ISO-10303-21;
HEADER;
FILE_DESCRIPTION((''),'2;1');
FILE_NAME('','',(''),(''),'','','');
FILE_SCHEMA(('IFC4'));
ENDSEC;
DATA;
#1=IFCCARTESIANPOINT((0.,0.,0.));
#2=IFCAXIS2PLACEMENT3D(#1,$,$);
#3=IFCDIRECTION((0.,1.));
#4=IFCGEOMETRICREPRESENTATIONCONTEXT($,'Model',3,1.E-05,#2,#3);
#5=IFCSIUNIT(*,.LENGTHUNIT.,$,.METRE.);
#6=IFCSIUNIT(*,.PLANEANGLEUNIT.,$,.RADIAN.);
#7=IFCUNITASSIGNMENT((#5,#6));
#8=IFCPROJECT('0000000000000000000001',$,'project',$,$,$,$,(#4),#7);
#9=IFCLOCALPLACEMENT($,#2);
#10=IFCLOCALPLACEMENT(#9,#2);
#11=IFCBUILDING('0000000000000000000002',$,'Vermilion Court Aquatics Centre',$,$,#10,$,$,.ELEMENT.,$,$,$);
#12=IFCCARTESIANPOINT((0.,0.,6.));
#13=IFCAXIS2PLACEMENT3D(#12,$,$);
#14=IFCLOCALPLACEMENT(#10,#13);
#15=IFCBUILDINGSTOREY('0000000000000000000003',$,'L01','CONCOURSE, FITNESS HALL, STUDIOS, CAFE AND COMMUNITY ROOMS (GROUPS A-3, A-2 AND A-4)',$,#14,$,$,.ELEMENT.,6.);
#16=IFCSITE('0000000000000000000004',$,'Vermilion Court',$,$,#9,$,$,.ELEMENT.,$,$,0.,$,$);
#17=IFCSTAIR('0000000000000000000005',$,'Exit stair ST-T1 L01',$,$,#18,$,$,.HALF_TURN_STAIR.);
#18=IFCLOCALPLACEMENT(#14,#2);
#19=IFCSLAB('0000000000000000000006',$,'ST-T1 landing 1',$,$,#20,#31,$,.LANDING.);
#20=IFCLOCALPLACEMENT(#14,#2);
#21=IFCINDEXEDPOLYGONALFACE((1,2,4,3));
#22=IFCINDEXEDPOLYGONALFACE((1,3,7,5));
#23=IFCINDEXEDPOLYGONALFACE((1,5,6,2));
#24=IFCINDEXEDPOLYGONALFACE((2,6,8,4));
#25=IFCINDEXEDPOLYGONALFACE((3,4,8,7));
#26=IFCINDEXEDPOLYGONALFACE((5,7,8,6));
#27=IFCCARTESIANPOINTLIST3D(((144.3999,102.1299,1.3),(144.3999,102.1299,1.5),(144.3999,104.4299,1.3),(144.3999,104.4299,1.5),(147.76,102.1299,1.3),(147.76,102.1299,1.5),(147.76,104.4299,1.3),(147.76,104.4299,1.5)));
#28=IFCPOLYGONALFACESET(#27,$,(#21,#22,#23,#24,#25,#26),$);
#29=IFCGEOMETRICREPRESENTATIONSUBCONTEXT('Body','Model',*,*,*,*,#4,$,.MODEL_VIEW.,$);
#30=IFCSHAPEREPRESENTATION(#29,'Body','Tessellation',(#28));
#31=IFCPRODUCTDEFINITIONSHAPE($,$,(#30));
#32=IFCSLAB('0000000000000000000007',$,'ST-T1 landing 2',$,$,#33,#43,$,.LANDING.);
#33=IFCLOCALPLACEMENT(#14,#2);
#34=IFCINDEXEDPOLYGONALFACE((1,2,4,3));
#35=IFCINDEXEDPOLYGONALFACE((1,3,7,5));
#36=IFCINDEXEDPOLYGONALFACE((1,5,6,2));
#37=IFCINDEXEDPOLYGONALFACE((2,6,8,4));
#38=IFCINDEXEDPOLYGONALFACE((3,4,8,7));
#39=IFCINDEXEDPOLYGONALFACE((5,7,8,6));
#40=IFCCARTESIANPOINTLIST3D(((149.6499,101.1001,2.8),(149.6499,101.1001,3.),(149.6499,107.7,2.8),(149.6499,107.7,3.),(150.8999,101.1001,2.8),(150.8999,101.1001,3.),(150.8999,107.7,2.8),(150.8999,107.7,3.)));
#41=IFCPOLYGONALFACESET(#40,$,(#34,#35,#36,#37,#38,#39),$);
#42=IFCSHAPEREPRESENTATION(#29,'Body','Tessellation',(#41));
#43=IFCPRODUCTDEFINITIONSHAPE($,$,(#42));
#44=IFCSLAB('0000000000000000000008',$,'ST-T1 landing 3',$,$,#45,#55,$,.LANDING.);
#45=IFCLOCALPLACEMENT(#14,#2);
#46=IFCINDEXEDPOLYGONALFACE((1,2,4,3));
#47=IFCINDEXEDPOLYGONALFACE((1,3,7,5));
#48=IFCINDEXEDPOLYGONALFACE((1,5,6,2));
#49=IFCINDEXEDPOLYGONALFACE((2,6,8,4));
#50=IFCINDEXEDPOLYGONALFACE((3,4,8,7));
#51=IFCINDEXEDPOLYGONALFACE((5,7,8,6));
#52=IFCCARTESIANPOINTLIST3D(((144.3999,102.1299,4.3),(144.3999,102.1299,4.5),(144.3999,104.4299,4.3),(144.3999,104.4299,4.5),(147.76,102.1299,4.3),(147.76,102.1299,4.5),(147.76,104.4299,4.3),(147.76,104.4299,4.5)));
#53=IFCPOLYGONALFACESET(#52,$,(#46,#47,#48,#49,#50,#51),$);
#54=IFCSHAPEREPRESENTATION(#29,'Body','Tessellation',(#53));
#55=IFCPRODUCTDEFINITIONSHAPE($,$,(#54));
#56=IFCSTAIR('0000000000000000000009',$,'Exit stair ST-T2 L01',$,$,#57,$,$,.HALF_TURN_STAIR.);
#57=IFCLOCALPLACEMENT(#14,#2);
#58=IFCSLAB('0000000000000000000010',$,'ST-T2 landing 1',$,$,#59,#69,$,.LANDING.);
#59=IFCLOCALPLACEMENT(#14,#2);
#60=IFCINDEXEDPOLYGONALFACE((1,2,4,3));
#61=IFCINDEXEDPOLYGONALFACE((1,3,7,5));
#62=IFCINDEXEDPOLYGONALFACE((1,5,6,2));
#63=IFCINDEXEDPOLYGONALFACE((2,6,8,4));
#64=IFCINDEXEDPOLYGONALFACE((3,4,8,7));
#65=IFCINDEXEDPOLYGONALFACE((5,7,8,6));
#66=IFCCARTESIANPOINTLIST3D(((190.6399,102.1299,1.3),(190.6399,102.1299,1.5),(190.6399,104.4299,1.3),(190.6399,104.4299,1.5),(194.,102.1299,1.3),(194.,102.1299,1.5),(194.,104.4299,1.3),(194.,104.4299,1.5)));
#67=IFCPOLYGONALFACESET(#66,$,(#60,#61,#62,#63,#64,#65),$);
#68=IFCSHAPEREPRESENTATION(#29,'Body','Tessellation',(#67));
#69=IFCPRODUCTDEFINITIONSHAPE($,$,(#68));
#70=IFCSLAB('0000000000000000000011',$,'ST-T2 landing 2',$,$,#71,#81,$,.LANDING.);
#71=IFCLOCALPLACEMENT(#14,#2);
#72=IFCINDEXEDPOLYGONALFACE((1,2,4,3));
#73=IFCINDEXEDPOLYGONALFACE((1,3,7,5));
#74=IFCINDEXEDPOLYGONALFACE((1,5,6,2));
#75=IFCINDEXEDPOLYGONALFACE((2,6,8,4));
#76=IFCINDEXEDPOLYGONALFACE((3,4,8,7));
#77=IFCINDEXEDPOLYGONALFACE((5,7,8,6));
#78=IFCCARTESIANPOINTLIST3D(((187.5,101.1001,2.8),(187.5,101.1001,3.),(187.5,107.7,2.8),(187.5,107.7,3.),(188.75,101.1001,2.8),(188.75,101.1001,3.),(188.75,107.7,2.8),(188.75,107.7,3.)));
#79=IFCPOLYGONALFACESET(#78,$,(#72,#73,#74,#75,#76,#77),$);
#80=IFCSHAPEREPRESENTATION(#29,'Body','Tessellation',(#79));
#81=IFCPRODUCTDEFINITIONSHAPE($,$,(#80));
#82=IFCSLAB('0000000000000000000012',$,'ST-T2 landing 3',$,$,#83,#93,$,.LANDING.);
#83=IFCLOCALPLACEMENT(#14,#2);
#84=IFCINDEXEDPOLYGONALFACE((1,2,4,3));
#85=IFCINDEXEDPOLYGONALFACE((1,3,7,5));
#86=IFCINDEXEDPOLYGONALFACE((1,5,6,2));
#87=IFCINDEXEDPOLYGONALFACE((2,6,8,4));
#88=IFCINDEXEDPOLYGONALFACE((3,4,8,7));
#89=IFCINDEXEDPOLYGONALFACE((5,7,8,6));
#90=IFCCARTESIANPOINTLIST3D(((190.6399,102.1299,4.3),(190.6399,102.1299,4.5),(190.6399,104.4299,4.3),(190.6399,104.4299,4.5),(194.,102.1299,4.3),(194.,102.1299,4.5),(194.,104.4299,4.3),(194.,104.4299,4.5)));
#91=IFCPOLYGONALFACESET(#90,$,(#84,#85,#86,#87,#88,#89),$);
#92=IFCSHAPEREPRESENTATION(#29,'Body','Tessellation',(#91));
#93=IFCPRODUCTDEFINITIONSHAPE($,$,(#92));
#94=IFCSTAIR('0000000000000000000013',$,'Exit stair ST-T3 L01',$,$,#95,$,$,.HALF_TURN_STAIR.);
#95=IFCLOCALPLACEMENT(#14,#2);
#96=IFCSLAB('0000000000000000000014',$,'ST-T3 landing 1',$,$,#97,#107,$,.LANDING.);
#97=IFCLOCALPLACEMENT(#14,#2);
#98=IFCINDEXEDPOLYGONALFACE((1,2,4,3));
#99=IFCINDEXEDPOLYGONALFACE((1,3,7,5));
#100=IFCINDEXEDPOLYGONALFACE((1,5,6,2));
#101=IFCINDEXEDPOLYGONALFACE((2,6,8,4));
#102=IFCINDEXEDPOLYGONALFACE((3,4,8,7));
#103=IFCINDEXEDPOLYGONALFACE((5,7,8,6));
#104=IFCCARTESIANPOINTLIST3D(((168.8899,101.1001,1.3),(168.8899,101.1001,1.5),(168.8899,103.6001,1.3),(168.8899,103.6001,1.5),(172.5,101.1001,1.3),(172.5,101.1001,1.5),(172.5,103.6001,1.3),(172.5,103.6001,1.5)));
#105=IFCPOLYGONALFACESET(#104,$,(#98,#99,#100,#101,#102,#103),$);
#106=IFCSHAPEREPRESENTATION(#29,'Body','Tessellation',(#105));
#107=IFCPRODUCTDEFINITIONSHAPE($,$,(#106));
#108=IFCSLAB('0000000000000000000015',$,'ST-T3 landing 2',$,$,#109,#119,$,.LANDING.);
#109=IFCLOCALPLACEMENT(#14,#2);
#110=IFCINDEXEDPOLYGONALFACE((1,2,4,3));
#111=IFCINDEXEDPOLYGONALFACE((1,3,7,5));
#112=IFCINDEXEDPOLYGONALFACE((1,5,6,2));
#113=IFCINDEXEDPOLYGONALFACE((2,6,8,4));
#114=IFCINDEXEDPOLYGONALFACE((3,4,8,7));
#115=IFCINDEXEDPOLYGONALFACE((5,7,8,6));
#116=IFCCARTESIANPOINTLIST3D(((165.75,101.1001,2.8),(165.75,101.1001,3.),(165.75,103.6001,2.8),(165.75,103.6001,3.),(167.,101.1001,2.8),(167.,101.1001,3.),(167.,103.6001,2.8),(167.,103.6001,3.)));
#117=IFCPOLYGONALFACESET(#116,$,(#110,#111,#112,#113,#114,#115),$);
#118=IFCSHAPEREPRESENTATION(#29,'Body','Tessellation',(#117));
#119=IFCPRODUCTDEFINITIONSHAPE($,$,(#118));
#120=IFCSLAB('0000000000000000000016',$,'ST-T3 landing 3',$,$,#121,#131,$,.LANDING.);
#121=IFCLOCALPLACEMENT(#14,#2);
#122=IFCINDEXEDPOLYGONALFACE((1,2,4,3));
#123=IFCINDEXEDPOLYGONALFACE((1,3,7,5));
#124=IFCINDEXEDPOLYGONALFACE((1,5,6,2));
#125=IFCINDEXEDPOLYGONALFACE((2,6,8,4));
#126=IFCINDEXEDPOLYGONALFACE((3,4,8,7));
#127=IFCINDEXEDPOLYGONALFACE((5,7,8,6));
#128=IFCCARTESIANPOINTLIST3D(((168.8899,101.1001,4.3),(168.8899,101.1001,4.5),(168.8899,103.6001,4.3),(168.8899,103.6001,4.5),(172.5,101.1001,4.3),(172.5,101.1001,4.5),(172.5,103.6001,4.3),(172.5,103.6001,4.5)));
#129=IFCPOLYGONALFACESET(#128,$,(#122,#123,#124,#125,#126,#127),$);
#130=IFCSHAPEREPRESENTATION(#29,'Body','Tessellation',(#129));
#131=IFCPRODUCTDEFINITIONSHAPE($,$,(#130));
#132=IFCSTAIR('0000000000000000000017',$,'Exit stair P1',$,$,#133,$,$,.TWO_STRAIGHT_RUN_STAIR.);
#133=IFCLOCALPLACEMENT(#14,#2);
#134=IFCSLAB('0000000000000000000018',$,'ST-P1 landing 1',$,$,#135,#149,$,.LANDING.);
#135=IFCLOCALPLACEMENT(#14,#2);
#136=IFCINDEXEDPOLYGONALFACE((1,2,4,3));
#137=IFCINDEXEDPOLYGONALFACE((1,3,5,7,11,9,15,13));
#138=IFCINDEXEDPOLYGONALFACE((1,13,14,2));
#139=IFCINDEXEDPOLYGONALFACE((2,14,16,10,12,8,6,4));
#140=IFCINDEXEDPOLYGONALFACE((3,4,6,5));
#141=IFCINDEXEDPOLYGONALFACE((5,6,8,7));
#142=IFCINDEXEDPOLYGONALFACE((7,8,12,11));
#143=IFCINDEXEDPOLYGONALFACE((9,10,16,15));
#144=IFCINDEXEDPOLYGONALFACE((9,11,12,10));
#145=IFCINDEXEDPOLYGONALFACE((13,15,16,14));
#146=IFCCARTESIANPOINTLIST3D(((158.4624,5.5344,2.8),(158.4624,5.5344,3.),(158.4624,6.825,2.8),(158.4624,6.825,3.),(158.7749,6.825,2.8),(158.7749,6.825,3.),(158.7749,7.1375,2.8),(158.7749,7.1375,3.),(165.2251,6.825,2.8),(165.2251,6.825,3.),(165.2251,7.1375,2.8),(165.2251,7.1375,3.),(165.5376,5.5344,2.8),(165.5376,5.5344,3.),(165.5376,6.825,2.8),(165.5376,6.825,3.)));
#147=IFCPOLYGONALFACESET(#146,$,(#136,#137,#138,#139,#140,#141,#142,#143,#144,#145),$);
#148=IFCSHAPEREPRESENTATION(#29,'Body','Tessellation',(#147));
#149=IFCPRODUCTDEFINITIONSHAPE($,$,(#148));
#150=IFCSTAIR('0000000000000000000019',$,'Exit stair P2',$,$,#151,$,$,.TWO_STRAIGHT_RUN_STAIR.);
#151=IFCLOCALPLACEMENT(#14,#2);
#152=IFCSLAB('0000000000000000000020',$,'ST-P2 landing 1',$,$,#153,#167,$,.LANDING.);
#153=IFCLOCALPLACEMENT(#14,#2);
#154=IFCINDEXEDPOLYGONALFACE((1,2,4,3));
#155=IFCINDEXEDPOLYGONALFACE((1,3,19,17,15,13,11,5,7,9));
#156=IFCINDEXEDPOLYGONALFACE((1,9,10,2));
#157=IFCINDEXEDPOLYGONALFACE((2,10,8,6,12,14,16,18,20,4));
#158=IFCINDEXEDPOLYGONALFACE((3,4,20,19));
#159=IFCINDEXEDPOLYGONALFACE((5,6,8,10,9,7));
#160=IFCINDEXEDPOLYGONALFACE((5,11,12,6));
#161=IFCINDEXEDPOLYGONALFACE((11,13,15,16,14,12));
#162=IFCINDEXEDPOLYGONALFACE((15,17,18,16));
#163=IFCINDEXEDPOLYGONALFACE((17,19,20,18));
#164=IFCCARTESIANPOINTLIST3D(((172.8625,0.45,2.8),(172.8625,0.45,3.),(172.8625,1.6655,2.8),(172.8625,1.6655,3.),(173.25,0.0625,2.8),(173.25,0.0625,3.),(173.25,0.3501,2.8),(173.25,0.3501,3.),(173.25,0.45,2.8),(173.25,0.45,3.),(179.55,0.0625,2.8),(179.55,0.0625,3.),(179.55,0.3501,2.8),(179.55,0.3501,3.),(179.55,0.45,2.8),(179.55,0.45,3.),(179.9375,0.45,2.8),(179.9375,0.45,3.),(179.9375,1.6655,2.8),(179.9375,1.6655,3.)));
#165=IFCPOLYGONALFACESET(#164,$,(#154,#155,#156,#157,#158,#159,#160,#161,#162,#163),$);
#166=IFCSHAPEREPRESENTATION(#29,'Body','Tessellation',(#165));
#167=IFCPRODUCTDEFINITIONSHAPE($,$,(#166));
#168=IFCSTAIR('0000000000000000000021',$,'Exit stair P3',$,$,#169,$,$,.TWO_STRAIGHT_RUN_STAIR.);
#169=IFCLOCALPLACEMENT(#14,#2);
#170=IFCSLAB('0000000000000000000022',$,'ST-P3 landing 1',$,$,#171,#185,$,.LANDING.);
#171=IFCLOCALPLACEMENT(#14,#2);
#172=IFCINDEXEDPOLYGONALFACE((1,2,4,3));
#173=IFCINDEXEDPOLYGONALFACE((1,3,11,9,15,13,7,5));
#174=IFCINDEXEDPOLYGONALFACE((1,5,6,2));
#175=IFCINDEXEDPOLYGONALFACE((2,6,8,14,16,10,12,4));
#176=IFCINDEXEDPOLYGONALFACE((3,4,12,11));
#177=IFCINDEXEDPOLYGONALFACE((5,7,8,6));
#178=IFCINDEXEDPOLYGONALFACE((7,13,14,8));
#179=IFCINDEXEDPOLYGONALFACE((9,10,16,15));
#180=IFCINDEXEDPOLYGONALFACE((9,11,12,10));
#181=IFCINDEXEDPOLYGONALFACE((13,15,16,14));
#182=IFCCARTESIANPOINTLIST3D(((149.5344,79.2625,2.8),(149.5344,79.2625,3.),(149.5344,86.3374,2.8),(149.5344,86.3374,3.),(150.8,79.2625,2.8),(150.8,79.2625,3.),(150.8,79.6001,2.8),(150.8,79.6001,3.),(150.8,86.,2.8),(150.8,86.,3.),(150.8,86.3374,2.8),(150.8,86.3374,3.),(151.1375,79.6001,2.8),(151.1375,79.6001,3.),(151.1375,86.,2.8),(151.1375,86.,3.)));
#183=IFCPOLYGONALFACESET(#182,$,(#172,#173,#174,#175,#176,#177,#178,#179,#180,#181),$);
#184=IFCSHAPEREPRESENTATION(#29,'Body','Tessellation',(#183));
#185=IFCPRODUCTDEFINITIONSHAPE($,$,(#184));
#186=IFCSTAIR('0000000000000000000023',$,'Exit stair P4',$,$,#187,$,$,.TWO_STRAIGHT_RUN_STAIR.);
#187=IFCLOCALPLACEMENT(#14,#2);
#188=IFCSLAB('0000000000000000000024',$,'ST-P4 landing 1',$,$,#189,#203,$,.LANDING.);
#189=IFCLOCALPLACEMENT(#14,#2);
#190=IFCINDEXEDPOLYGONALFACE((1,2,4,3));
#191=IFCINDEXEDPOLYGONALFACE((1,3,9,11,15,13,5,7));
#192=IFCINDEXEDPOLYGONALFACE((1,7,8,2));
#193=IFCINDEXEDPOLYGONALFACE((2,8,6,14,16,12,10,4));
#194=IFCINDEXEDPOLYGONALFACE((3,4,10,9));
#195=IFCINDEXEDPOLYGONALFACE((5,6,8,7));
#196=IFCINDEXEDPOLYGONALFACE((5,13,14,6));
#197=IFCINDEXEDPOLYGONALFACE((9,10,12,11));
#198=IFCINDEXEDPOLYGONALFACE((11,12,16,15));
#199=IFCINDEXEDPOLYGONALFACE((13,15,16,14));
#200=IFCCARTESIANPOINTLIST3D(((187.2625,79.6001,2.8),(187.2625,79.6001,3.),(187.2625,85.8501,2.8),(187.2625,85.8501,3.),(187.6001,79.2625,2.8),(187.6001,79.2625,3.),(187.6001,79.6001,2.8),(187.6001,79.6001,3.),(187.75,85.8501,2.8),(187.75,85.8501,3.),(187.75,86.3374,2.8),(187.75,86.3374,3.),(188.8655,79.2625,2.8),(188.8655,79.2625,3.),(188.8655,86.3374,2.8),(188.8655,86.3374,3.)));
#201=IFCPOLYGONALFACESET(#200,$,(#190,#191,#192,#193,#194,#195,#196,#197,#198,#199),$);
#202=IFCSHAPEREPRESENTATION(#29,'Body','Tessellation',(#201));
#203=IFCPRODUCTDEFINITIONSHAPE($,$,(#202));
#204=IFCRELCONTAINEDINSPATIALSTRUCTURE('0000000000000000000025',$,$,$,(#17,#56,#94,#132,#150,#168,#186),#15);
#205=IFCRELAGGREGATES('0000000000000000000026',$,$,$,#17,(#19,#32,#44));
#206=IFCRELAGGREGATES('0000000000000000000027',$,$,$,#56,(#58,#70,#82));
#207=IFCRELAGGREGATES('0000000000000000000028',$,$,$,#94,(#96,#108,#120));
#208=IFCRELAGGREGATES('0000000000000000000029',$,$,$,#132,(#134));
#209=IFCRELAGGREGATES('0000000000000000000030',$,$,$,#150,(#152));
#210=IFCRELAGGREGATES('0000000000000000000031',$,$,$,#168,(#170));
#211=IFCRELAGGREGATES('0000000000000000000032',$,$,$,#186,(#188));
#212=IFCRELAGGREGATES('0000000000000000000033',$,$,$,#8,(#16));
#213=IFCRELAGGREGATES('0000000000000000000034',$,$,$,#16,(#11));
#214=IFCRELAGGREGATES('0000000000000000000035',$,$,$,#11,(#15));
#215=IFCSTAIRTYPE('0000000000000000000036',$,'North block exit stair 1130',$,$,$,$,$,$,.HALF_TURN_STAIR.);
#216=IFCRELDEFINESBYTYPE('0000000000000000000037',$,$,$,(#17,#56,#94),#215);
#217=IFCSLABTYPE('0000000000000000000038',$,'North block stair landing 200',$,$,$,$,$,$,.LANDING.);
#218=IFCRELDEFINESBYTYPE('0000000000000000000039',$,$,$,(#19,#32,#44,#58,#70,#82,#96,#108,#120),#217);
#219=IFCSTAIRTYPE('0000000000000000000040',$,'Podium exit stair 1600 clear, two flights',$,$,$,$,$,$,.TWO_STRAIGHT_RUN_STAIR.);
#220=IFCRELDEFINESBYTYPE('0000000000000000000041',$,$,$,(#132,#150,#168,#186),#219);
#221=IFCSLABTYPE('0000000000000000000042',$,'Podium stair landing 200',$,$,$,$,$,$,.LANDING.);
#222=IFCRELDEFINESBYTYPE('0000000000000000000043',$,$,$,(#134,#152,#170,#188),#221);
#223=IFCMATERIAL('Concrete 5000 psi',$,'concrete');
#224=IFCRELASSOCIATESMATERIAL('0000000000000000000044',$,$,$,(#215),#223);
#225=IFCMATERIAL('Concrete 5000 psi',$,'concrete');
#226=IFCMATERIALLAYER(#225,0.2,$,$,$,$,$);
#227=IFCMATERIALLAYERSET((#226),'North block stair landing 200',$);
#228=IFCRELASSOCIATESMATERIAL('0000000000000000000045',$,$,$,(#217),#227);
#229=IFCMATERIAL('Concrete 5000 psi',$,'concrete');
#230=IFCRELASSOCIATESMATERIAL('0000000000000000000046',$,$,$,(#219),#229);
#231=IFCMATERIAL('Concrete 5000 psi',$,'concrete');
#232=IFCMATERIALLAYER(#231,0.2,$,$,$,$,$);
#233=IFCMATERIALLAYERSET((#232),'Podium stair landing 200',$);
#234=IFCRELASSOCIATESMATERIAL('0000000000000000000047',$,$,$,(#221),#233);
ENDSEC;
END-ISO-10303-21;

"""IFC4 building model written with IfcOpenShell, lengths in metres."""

from ifc_helpers import new_model, si_unit, direction, frame, origin, place, context, subcontext, project, spatial, polyline, outline, extrude, material, layer, layer_set, type_object, element, aggregate, save


model = new_model("IFC4")

# Units and contexts
model_context = context("Model", 3, precision=1e-05, world=origin(), true_north=direction((0.0, 1.0)))
body_context = subcontext(model_context, "Body", "Model", "MODEL_VIEW")
ifc_project = project(units=[si_unit("LENGTHUNIT", "METRE"), si_unit("PLANEANGLEUNIT", "RADIAN")], contexts=[model_context])

# Site, building, storey
site_placement = place(None, origin())
site = spatial("IfcSite", under=ifc_project, at=site_placement, Name="Vermilion Court", CompositionType="ELEMENT", RefElevation=0.0)
building_placement = place(site_placement, origin())
building = spatial("IfcBuilding", under=site, at=building_placement, Name="Vermilion Court Aquatics Centre", CompositionType="ELEMENT")
storey_placement = place(building_placement, frame((0.0, 0.0, 6.0)))
storey = spatial("IfcBuildingStorey", under=building, at=storey_placement, Name="L01", Description="CONCOURSE, FITNESS HALL, STUDIOS, CAFE AND COMMUNITY ROOMS (GROUPS A-3, A-2 AND A-4)", CompositionType="ELEMENT", Elevation=6.0)

# Stairs, slabs
ifc_material_1 = material(Name="Concrete 5000 psi", Category="concrete")
stair_type_1 = type_object("IfcStairType", Name="North block exit stair 1130", PredefinedType="HALF_TURN_STAIR", material=ifc_material_1)
stair_1_placement = place(storey_placement, origin())
stair_1 = element("IfcStair", 1, at=stair_1_placement, inside=storey, type_object=stair_type_1, Name="Exit stair ST-T1 L01", PredefinedType="HALF_TURN_STAIR")
ifc_material_2 = material(Name="Concrete 5000 psi", Category="concrete")
ifc_layer_1 = layer(ifc_material_2, 0.2)
ifc_layer_set_1 = layer_set([ifc_layer_1], Name="North block stair landing 200")
slab_type_1 = type_object("IfcSlabType", Name="North block stair landing 200", PredefinedType="LANDING", material=ifc_layer_set_1)
slab_1_placement = place(storey_placement, frame((0.0, 0.0, 1.3)))
slab_1 = element("IfcSlab", 2, at=slab_1_placement, type_object=slab_type_1, Name="ST-T1 landing 1", PredefinedType="LANDING", context=body_context, shape_type="SweptSolid", body=[
    extrude(outline(polyline([(144.3999, 102.1299), (147.76, 102.1299), (147.76, 104.4299), (144.3999, 104.4299), (144.3999, 102.1299)])), origin(), (0.0, 0.0, 1.0), 0.2),
])
slab_2_placement = place(storey_placement, frame((0.0, 0.0, 2.8)))
slab_2 = element("IfcSlab", 3, at=slab_2_placement, type_object=slab_type_1, Name="ST-T1 landing 2", PredefinedType="LANDING", context=body_context, shape_type="SweptSolid", body=[
    extrude(outline(polyline([(149.6499, 101.1001), (150.8999, 101.1001), (150.8999, 107.7), (149.6499, 107.7), (149.6499, 101.1001)])), origin(), (0.0, 0.0, 1.0), 0.2),
])
slab_3_placement = place(storey_placement, frame((0.0, 0.0, 4.3)))
slab_3 = element("IfcSlab", 4, at=slab_3_placement, type_object=slab_type_1, Name="ST-T1 landing 3", PredefinedType="LANDING", context=body_context, shape_type="SweptSolid", body=[
    extrude(outline(polyline([(144.3999, 102.1299), (147.76, 102.1299), (147.76, 104.4299), (144.3999, 104.4299), (144.3999, 102.1299)])), origin(), (0.0, 0.0, 1.0), 0.2),
])
aggregate(stair_1, [slab_1, slab_2, slab_3])
stair_2_placement = place(storey_placement, origin())
stair_2 = element("IfcStair", 5, at=stair_2_placement, inside=storey, type_object=stair_type_1, Name="Exit stair ST-T2 L01", PredefinedType="HALF_TURN_STAIR")
slab_4_placement = place(storey_placement, frame((0.0, 0.0, 1.3)))
slab_4 = element("IfcSlab", 6, at=slab_4_placement, type_object=slab_type_1, Name="ST-T2 landing 1", PredefinedType="LANDING", context=body_context, shape_type="SweptSolid", body=[
    extrude(outline(polyline([(190.6399, 102.1299), (194.0, 102.1299), (194.0, 104.4299), (190.6399, 104.4299), (190.6399, 102.1299)])), origin(), (0.0, 0.0, 1.0), 0.2),
])
slab_5_placement = place(storey_placement, frame((0.0, 0.0, 2.8)))
slab_5 = element("IfcSlab", 7, at=slab_5_placement, type_object=slab_type_1, Name="ST-T2 landing 2", PredefinedType="LANDING", context=body_context, shape_type="SweptSolid", body=[
    extrude(outline(polyline([(187.5, 101.1001), (188.75, 101.1001), (188.75, 107.7), (187.5, 107.7), (187.5, 101.1001)])), origin(), (0.0, 0.0, 1.0), 0.2),
])
slab_6_placement = place(storey_placement, frame((0.0, 0.0, 4.3)))
slab_6 = element("IfcSlab", 8, at=slab_6_placement, type_object=slab_type_1, Name="ST-T2 landing 3", PredefinedType="LANDING", context=body_context, shape_type="SweptSolid", body=[
    extrude(outline(polyline([(190.6399, 102.1299), (194.0, 102.1299), (194.0, 104.4299), (190.6399, 104.4299), (190.6399, 102.1299)])), origin(), (0.0, 0.0, 1.0), 0.2),
])
aggregate(stair_2, [slab_4, slab_5, slab_6])
stair_3_placement = place(storey_placement, origin())
stair_3 = element("IfcStair", 9, at=stair_3_placement, inside=storey, type_object=stair_type_1, Name="Exit stair ST-T3 L01", PredefinedType="HALF_TURN_STAIR")
slab_7_placement = place(storey_placement, frame((0.0, 0.0, 1.3)))
slab_7 = element("IfcSlab", 10, at=slab_7_placement, type_object=slab_type_1, Name="ST-T3 landing 1", PredefinedType="LANDING", context=body_context, shape_type="SweptSolid", body=[
    extrude(outline(polyline([(168.8899, 101.1001), (172.5, 101.1001), (172.5, 103.6001), (168.8899, 103.6001), (168.8899, 101.1001)])), origin(), (0.0, 0.0, 1.0), 0.2),
])
slab_8_placement = place(storey_placement, frame((0.0, 0.0, 2.8)))
slab_8 = element("IfcSlab", 11, at=slab_8_placement, type_object=slab_type_1, Name="ST-T3 landing 2", PredefinedType="LANDING", context=body_context, shape_type="SweptSolid", body=[
    extrude(outline(polyline([(165.75, 101.1001), (167.0, 101.1001), (167.0, 103.6001), (165.75, 103.6001), (165.75, 101.1001)])), origin(), (0.0, 0.0, 1.0), 0.2),
])
slab_9_placement = place(storey_placement, frame((0.0, 0.0, 4.3)))
slab_9 = element("IfcSlab", 12, at=slab_9_placement, type_object=slab_type_1, Name="ST-T3 landing 3", PredefinedType="LANDING", context=body_context, shape_type="SweptSolid", body=[
    extrude(outline(polyline([(168.8899, 101.1001), (172.5, 101.1001), (172.5, 103.6001), (168.8899, 103.6001), (168.8899, 101.1001)])), origin(), (0.0, 0.0, 1.0), 0.2),
])
aggregate(stair_3, [slab_7, slab_8, slab_9])

# Stairs, slabs
ifc_material_3 = material(Name="Concrete 5000 psi", Category="concrete")
stair_type_2 = type_object("IfcStairType", Name="Podium exit stair 1600 clear, two flights", PredefinedType="TWO_STRAIGHT_RUN_STAIR", material=ifc_material_3)
stair_4_placement = place(storey_placement, origin())
stair_4 = element("IfcStair", 13, at=stair_4_placement, inside=storey, type_object=stair_type_2, Name="Exit stair P1", PredefinedType="TWO_STRAIGHT_RUN_STAIR")
ifc_material_4 = material(Name="Concrete 5000 psi", Category="concrete")
ifc_layer_2 = layer(ifc_material_4, 0.2)
ifc_layer_set_2 = layer_set([ifc_layer_2], Name="Podium stair landing 200")
slab_type_2 = type_object("IfcSlabType", Name="Podium stair landing 200", PredefinedType="LANDING", material=ifc_layer_set_2)
slab_10_placement = place(storey_placement, frame((0.0, 0.0, 2.8)))
slab_10 = element("IfcSlab", 14, at=slab_10_placement, type_object=slab_type_2, Name="ST-P1 landing 1", PredefinedType="LANDING", context=body_context, shape_type="SweptSolid", body=[
    extrude(outline(polyline([(158.7749, 7.1375), (165.2251, 7.1375), (165.2251, 6.825), (165.5376, 6.825), (165.5376, 5.5344), (158.4624, 5.5344), (158.4624, 6.825), (158.7749, 6.825), (158.7749, 7.1375)])), origin(), (0.0, 0.0, 1.0), 0.2),
])
aggregate(stair_4, [slab_10])
stair_5_placement = place(storey_placement, origin())
stair_5 = element("IfcStair", 15, at=stair_5_placement, inside=storey, type_object=stair_type_2, Name="Exit stair P2", PredefinedType="TWO_STRAIGHT_RUN_STAIR")
slab_11_placement = place(storey_placement, frame((0.0, 0.0, 2.8)))
slab_11 = element("IfcSlab", 16, at=slab_11_placement, type_object=slab_type_2, Name="ST-P2 landing 1", PredefinedType="LANDING", context=body_context, shape_type="SweptSolid", body=[
    extrude(outline(polyline([(179.55, 0.0625), (173.25, 0.0625), (173.25, 0.3501), (173.25, 0.45), (172.8625, 0.45), (172.8625, 1.6655), (179.9375, 1.6655), (179.9375, 0.45), (179.55, 0.45), (179.55, 0.3501), (179.55, 0.0625)])), origin(), (0.0, 0.0, 1.0), 0.2),
])
aggregate(stair_5, [slab_11])
stair_6_placement = place(storey_placement, origin())
stair_6 = element("IfcStair", 17, at=stair_6_placement, inside=storey, type_object=stair_type_2, Name="Exit stair P3", PredefinedType="TWO_STRAIGHT_RUN_STAIR")
slab_12_placement = place(storey_placement, frame((0.0, 0.0, 2.8)))
slab_12 = element("IfcSlab", 18, at=slab_12_placement, type_object=slab_type_2, Name="ST-P3 landing 1", PredefinedType="LANDING", context=body_context, shape_type="SweptSolid", body=[
    extrude(outline(polyline([(150.8, 79.6001), (150.8, 79.2625), (149.5344, 79.2625), (149.5344, 86.3374), (150.8, 86.3374), (150.8, 86.0), (151.1375, 86.0), (151.1375, 79.6001), (150.8, 79.6001)])), origin(), (0.0, 0.0, 1.0), 0.2),
])
aggregate(stair_6, [slab_12])
stair_7_placement = place(storey_placement, origin())
stair_7 = element("IfcStair", 19, at=stair_7_placement, inside=storey, type_object=stair_type_2, Name="Exit stair P4", PredefinedType="TWO_STRAIGHT_RUN_STAIR")
slab_13_placement = place(storey_placement, frame((0.0, 0.0, 2.8)))
slab_13 = element("IfcSlab", 20, at=slab_13_placement, type_object=slab_type_2, Name="ST-P4 landing 1", PredefinedType="LANDING", context=body_context, shape_type="SweptSolid", body=[
    extrude(outline(polyline([(187.2625, 79.6001), (187.2625, 85.8501), (187.75, 85.8501), (187.75, 86.3374), (188.8655, 86.3374), (188.8655, 79.2625), (187.6001, 79.2625), (187.6001, 79.6001), (187.2625, 79.6001)])), origin(), (0.0, 0.0, 1.0), 0.2),
])
aggregate(stair_7, [slab_13])

save(model, "model.ifc")
